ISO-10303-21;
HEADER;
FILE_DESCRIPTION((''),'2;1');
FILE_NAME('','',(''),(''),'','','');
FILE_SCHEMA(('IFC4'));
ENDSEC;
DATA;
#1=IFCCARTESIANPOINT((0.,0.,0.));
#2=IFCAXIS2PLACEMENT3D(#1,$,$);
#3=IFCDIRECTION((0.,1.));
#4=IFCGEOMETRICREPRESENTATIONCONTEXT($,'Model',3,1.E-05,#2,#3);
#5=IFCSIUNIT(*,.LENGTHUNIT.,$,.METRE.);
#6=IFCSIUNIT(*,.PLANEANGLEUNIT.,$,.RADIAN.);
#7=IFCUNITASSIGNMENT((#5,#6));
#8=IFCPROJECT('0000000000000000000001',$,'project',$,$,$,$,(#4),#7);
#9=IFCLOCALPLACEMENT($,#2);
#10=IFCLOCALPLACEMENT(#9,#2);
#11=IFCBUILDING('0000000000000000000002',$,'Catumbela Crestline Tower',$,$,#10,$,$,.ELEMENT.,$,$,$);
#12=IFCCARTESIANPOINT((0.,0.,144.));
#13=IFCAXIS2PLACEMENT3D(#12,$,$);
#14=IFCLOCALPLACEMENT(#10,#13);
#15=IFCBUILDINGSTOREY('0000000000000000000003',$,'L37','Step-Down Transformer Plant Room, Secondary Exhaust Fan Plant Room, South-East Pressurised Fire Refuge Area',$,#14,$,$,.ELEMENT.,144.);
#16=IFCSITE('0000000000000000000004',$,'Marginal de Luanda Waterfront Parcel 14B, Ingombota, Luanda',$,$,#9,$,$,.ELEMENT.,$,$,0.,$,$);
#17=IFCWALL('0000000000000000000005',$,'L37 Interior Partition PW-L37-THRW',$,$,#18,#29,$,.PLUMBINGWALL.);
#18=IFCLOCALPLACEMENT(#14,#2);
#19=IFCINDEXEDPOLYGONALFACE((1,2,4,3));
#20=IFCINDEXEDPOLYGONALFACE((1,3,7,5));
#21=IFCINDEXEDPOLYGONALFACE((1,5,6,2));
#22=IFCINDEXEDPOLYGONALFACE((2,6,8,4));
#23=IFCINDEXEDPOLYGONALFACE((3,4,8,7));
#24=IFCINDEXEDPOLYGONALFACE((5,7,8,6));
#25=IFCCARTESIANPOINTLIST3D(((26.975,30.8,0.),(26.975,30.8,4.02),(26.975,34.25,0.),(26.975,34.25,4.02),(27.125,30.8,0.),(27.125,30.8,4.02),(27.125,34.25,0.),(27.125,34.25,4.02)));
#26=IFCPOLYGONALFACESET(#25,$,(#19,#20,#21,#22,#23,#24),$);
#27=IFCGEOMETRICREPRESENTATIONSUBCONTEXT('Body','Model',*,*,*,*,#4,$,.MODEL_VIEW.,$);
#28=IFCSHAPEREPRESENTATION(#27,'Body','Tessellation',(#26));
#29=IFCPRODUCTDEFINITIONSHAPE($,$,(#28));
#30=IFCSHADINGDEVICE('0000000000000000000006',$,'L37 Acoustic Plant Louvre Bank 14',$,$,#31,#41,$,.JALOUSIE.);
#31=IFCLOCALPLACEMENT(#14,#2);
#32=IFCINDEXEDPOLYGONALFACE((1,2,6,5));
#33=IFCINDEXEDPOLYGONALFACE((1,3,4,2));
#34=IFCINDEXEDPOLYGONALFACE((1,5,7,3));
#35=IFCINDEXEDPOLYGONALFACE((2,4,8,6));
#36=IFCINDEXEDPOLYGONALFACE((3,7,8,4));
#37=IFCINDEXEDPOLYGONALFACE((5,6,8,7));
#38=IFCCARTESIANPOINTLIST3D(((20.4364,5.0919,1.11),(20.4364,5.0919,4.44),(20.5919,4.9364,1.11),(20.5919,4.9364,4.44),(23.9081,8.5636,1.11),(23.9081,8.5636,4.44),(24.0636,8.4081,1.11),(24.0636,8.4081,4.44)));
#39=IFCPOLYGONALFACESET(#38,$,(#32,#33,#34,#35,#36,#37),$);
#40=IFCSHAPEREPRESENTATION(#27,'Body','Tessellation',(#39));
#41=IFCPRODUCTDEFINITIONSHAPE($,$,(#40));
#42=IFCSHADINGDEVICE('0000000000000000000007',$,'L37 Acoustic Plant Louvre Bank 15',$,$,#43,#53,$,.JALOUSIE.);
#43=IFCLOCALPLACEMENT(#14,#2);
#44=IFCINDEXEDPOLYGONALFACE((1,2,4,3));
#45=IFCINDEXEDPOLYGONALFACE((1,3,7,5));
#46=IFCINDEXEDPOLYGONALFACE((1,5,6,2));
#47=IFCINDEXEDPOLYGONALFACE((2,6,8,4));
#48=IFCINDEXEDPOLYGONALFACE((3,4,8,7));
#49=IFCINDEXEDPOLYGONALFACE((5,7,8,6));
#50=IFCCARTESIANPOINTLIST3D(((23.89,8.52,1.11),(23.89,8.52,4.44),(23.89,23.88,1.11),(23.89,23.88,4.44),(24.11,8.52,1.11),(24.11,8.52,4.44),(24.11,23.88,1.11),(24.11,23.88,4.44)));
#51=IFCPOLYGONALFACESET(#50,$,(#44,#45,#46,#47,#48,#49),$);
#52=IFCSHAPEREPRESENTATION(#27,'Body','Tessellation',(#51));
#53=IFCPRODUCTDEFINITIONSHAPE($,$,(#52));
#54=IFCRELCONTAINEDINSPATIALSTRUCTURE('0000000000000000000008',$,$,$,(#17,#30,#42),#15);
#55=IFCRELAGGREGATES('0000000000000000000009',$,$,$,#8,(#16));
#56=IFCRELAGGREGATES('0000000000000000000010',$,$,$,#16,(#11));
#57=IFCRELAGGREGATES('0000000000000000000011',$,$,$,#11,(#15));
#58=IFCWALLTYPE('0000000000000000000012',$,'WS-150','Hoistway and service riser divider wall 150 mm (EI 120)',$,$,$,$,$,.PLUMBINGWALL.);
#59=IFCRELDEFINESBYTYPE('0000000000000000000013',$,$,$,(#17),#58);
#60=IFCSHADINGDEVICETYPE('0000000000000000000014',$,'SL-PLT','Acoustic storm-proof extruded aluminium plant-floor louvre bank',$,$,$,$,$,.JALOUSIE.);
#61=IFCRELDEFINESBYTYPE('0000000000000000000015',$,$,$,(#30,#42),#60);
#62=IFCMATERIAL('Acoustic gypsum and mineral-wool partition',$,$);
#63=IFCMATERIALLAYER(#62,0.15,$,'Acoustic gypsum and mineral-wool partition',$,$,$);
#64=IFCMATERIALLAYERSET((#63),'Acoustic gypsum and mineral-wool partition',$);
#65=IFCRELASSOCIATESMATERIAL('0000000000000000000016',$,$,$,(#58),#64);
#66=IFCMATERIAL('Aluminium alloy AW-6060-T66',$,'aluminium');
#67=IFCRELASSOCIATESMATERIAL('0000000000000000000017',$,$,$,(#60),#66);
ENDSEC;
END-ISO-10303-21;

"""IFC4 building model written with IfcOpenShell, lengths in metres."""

from ifc_helpers import new_model, si_unit, direction, frame, frame_2d, origin, origin_2d, place, context, subcontext, project, spatial, rectangle, extrude, material, layer, layer_set, type_object, element, save


model = new_model("IFC4")

# Units and contexts
model_context = context("Model", 3, precision=1e-05, world=origin(), true_north=direction((0.0, 1.0)))
body_context = subcontext(model_context, "Body", "Model", "MODEL_VIEW")
ifc_project = project(units=[si_unit("LENGTHUNIT", "METRE"), si_unit("PLANEANGLEUNIT", "RADIAN")], contexts=[model_context])

# Site, building, storey
site_placement = place(None, origin())
site = spatial("IfcSite", under=ifc_project, at=site_placement, Name="Marginal de Luanda Waterfront Parcel 14B, Ingombota, Luanda", CompositionType="ELEMENT", RefElevation=0.0)
building_placement = place(site_placement, origin())
building = spatial("IfcBuilding", under=site, at=building_placement, Name="Catumbela Crestline Tower", CompositionType="ELEMENT")
storey_placement = place(building_placement, frame((0.0, 0.0, 144.0)))
storey = spatial("IfcBuildingStorey", under=building, at=storey_placement, Name="L37", Description="Step-Down Transformer Plant Room, Secondary Exhaust Fan Plant Room, South-East Pressurised Fire Refuge Area", CompositionType="ELEMENT", Elevation=144.0)

# Shared definitions
ifc_material_1 = material(Name="Acoustic gypsum and mineral-wool partition")

# Wall
ifc_layer_1 = layer(ifc_material_1, 0.15, Name="Acoustic gypsum and mineral-wool partition")
ifc_layer_set_1 = layer_set([ifc_layer_1], Name="Acoustic gypsum and mineral-wool partition")
wall_type_1 = type_object("IfcWallType", Name="WS-150", Description="Hoistway and service riser divider wall 150 mm (EI 120)", PredefinedType="PLUMBINGWALL", material=ifc_layer_set_1)
wall_1_placement = place(storey_placement, frame((27.05, 30.8, 0.0), z_axis=(0.0, 0.0, 1.0), x_axis=(0.0, 1.0, 0.0)))
element("IfcWall", 1, at=wall_1_placement, inside=storey, type_object=wall_type_1, Name="L37 Interior Partition PW-L37-THRW", PredefinedType="PLUMBINGWALL", context=body_context, shape_type="SweptSolid", body=[
    extrude(rectangle(XDim=3.45, YDim=0.15, at=frame_2d((1.725, 0.0))), origin(), (0.0, 0.0, 1.0), 4.02),
])

# Shading devices
ifc_material_2 = material(Name="Aluminium alloy AW-6060-T66", Category="aluminium")
shading_device_type = type_object("IfcShadingDeviceType", Name="SL-PLT", Description="Acoustic storm-proof extruded aluminium plant-floor louvre bank", PredefinedType="JALOUSIE", material=ifc_material_2)
shading_device_1_placement = place(storey_placement, frame((22.25, 6.75, 1.11), z_axis=(0.0, 0.0, 1.0), x_axis=(0.707107, 0.707107, 0.0)))
element("IfcShadingDevice", 2, at=shading_device_1_placement, inside=storey, type_object=shading_device_type, Name="L37 Acoustic Plant Louvre Bank 14", PredefinedType="JALOUSIE", context=body_context, shape_type="SweptSolid", body=[
    extrude(rectangle(XDim=4.9097, YDim=0.22, at=origin_2d()), origin(), (0.0, 0.0, 1.0), 3.33),
])
shading_device_2_placement = place(storey_placement, frame((24.0, 16.2, 1.11), z_axis=(0.0, 0.0, 1.0), x_axis=(0.0, 1.0, 0.0)))
element("IfcShadingDevice", 3, at=shading_device_2_placement, inside=storey, type_object=shading_device_type, Name="L37 Acoustic Plant Louvre Bank 15", PredefinedType="JALOUSIE", context=body_context, shape_type="SweptSolid", body=[
    extrude(rectangle(XDim=15.36, YDim=0.22, at=origin_2d()), origin(), (0.0, 0.0, 1.0), 3.33),
])

save(model, "model.ifc")
